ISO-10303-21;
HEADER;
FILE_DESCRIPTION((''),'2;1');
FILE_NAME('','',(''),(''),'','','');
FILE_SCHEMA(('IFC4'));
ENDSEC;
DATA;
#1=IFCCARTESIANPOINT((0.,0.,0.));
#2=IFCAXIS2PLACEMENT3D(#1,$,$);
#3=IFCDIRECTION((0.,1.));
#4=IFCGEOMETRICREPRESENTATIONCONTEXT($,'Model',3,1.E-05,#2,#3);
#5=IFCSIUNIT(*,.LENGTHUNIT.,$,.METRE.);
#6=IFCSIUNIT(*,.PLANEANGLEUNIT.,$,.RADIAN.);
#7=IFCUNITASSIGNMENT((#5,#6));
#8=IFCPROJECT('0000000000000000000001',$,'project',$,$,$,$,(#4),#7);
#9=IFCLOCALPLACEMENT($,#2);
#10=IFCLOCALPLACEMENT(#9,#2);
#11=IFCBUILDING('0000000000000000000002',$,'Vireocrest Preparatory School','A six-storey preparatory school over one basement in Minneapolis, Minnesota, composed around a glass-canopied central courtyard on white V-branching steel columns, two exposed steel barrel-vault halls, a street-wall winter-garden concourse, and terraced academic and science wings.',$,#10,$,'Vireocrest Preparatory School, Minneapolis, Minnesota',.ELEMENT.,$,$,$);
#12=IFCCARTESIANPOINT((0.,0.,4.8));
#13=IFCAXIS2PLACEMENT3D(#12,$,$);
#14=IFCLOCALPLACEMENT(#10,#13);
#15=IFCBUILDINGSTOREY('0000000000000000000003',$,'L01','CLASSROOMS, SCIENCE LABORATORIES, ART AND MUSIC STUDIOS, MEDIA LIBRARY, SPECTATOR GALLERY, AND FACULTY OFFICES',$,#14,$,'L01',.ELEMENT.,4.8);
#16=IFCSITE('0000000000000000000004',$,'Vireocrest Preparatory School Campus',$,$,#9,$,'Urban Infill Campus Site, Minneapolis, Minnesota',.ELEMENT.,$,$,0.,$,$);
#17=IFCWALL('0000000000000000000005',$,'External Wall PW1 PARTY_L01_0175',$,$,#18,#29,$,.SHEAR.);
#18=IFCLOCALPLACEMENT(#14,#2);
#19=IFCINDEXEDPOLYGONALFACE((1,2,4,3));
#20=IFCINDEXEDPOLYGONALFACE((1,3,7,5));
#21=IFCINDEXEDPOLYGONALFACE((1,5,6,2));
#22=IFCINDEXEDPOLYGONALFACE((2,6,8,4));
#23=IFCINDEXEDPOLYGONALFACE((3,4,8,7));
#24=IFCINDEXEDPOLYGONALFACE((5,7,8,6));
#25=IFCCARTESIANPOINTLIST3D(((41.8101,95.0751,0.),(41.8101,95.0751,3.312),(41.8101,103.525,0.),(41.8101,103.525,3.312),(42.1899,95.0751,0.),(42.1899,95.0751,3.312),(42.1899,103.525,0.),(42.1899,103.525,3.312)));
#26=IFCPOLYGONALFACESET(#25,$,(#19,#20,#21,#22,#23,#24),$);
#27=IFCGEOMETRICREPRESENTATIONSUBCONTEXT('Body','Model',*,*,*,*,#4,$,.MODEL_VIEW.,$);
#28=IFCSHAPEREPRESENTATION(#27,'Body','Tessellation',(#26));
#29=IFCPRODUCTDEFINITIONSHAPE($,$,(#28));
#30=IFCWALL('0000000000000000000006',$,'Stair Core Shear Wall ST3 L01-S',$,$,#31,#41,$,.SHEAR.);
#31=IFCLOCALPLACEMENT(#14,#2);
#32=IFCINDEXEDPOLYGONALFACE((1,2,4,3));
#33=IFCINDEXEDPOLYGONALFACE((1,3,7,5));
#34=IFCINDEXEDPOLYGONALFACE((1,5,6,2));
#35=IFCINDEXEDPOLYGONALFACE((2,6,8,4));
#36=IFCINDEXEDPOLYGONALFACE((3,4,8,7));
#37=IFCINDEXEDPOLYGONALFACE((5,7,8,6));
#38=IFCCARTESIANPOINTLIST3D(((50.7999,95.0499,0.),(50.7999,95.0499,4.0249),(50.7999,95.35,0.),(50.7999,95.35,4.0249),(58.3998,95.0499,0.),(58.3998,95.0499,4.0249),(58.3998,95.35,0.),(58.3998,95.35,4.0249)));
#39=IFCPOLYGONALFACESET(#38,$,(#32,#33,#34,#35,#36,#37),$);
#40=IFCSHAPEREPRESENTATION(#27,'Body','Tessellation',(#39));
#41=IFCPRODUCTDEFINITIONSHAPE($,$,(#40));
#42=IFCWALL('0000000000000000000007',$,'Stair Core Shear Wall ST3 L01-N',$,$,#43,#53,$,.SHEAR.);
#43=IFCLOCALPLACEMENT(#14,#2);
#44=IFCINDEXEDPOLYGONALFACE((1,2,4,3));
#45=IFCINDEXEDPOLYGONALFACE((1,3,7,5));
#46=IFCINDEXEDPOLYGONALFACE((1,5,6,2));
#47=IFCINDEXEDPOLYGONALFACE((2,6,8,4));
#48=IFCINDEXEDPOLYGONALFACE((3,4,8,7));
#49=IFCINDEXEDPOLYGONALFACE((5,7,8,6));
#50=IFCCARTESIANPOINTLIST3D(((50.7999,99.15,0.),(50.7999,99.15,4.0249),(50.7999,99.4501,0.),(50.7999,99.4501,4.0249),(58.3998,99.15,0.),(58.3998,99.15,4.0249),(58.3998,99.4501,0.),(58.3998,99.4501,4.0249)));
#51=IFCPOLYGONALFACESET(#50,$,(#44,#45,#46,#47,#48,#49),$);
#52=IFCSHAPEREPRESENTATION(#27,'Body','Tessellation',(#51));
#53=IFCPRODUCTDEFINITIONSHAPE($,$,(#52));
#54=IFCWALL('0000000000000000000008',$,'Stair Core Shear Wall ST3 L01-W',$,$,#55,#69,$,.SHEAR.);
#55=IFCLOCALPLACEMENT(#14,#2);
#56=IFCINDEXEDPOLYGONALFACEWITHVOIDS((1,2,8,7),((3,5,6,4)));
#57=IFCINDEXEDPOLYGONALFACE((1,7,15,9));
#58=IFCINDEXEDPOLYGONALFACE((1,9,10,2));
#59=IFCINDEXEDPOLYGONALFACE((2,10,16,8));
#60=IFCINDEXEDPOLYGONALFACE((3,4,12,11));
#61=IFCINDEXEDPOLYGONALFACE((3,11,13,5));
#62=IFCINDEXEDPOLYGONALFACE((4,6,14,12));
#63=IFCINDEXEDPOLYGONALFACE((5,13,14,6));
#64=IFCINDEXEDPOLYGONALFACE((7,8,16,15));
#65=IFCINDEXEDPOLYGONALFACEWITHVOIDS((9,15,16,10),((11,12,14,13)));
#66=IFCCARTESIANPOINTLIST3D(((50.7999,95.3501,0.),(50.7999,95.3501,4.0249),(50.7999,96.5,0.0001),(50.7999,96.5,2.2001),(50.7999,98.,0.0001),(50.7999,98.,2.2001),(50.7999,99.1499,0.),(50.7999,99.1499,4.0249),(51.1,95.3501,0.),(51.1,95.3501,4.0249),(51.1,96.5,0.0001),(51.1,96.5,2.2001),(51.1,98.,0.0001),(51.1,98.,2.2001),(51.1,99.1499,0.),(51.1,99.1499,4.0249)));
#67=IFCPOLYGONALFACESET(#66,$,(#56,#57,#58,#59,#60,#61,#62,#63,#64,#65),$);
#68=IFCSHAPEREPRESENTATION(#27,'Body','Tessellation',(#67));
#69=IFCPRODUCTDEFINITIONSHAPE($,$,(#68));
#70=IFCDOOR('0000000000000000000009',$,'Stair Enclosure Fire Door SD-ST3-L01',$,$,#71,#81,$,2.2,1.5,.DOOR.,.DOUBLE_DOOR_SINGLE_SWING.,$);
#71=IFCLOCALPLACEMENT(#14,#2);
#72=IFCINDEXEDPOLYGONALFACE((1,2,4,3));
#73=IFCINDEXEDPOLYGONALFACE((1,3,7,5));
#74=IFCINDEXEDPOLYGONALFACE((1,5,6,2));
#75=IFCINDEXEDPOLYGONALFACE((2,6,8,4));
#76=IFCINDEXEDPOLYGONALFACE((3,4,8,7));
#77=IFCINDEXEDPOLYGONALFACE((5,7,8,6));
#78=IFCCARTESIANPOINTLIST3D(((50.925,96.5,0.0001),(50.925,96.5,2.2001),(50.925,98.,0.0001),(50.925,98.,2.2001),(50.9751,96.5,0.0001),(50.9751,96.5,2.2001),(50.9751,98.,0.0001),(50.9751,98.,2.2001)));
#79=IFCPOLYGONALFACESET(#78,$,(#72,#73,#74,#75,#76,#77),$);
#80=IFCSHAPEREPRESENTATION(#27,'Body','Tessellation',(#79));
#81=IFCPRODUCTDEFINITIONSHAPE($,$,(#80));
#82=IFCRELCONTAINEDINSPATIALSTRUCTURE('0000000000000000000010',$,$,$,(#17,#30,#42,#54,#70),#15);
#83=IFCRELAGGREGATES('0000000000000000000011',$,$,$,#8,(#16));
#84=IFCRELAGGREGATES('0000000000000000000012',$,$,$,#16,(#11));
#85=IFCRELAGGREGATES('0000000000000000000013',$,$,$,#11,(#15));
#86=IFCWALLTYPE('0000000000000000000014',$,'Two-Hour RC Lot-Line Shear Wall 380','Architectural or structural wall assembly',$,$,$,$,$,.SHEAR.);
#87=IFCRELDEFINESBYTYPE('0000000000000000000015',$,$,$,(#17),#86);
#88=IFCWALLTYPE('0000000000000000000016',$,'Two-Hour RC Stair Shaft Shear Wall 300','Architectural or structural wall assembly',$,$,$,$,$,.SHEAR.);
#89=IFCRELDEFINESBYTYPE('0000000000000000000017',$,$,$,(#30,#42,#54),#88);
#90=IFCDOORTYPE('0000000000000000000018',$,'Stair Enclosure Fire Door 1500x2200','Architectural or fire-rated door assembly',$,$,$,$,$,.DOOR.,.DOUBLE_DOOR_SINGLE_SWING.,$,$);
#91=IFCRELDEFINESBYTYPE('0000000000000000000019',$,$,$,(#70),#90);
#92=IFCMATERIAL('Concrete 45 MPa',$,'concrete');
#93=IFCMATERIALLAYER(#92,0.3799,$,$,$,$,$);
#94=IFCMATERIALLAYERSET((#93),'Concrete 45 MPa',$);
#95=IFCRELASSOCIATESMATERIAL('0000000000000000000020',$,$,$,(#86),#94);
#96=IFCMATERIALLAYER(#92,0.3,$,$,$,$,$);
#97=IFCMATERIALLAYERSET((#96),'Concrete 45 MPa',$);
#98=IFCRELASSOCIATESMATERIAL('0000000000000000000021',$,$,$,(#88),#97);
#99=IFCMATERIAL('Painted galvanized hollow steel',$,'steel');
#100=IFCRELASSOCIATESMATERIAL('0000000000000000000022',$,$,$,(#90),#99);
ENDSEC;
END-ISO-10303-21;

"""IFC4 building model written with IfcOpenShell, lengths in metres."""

from ifc_helpers import new_model, si_unit, direction, frame, frame_2d, origin, place, context, subcontext, project, spatial, rectangle, extrude, material, layer, layer_set, type_object, element, fill, save


model = new_model("IFC4")

# Units and contexts
model_context = context("Model", 3, precision=1e-05, world=origin(), true_north=direction((0.0, 1.0)))
body_context = subcontext(model_context, "Body", "Model", "MODEL_VIEW")
ifc_project = project(units=[si_unit("LENGTHUNIT", "METRE"), si_unit("PLANEANGLEUNIT", "RADIAN")], contexts=[model_context])

# Site, building, storey
site_placement = place(None, origin())
site = spatial("IfcSite", under=ifc_project, at=site_placement, Name="Vireocrest Preparatory School Campus", LongName="Urban Infill Campus Site, Minneapolis, Minnesota", CompositionType="ELEMENT", RefElevation=0.0)
building_placement = place(site_placement, origin())
building = spatial("IfcBuilding", under=site, at=building_placement, Name="Vireocrest Preparatory School", Description="A six-storey preparatory school over one basement in Minneapolis, Minnesota, composed around a glass-canopied central courtyard on white V-branching steel columns, two exposed steel barrel-vault halls, a street-wall winter-garden concourse, and terraced academic and science wings.", LongName="Vireocrest Preparatory School, Minneapolis, Minnesota", CompositionType="ELEMENT")
storey_placement = place(building_placement, frame((0.0, 0.0, 4.8)))
storey = spatial("IfcBuildingStorey", under=building, at=storey_placement, Name="L01", Description="CLASSROOMS, SCIENCE LABORATORIES, ART AND MUSIC STUDIOS, MEDIA LIBRARY, SPECTATOR GALLERY, AND FACULTY OFFICES", LongName="L01", CompositionType="ELEMENT", Elevation=4.8)

# Shared definitions
ifc_material_1 = material(Name="Concrete 45 MPa", Category="concrete")

# Walls
ifc_layer_1 = layer(ifc_material_1, 0.3799)
ifc_layer_set_1 = layer_set([ifc_layer_1], Name="Concrete 45 MPa")
wall_type_1 = type_object("IfcWallType", Name="Two-Hour RC Lot-Line Shear Wall 380", Description="Architectural or structural wall assembly", PredefinedType="SHEAR", material=ifc_layer_set_1)
wall_1_placement = place(storey_placement, frame((42.0, 95.075, 0.0), z_axis=(0.0, 0.0, 1.0), x_axis=(0.0, 1.0, 0.0)))
element("IfcWall", 1, at=wall_1_placement, inside=storey, type_object=wall_type_1, Name="External Wall PW1 PARTY_L01_0175", PredefinedType="SHEAR", context=body_context, shape_type="SweptSolid", body=[
    extrude(rectangle(XDim=8.45, YDim=0.3799, at=frame_2d((4.2251, 0.0))), origin(), (0.0, 0.0, 1.0), 3.312),
])
ifc_layer_2 = layer(ifc_material_1, 0.3)
ifc_layer_set_2 = layer_set([ifc_layer_2], Name="Concrete 45 MPa")
wall_type_2 = type_object("IfcWallType", Name="Two-Hour RC Stair Shaft Shear Wall 300", Description="Architectural or structural wall assembly", PredefinedType="SHEAR", material=ifc_layer_set_2)
for number, where, z_axis, x_axis, name in (
    (2, (50.8, 95.2, 0.0), (0.0, 0.0, 1.0), (1.0, 0.0, 0.0), "Stair Core Shear Wall ST3 L01-S"),
    (3, (50.8, 99.3, 0.0), (0.0, 0.0, 1.0), (1.0, 0.0, 0.0), "Stair Core Shear Wall ST3 L01-N"),
):
    element("IfcWall", number, at=place(storey_placement, frame(where, z_axis=z_axis, x_axis=x_axis)), inside=storey, type_object=wall_type_2, Name=name, PredefinedType="SHEAR", context=body_context, shape_type="SweptSolid", body=[
        extrude(rectangle(XDim=7.5999, YDim=0.3, at=frame_2d((3.7998, 0.0))), origin(), (0.0, 0.0, 1.0), 4.0249),
    ])

# Wall, opening, door
wall_2_placement = place(storey_placement, frame((50.95, 95.3501, 0.0), z_axis=(0.0, 0.0, 1.0), x_axis=(0.0, 1.0, 0.0)))
wall_2 = element("IfcWall", 4, at=wall_2_placement, inside=storey, type_object=wall_type_2, Name="Stair Core Shear Wall ST3 L01-W", PredefinedType="SHEAR", context=body_context, shape_type="SweptSolid", body=[
    extrude(rectangle(XDim=3.7998, YDim=0.3, at=frame_2d((1.8999, 0.0))), origin(), (0.0, 0.0, 1.0), 4.0249),
])
opening_1_placement = place(wall_2_placement, frame((1.1499, 0.0, 0.0)))
opening_1 = element("IfcOpeningElement", 5, at=opening_1_placement, cuts=wall_2, PredefinedType="OPENING", context=body_context, shape_type="SweptSolid", body=[
    extrude(rectangle(XDim=1.5, YDim=2.2, at=frame_2d((0.75, 1.1001))), frame((0.0, 0.1599, 0.0), z_axis=(0.0, -1.0, 0.0), x_axis=(1.0, 0.0, 0.0)), (0.0, 0.0, 1.0), 0.3201),
])
ifc_material_2 = material(Name="Painted galvanized hollow steel", Category="steel")
door_type_1 = type_object("IfcDoorType", Name="Stair Enclosure Fire Door 1500x2200", Description="Architectural or fire-rated door assembly", OperationType="DOUBLE_DOOR_SINGLE_SWING", PredefinedType="DOOR", material=ifc_material_2)
door_1_placement = place(opening_1_placement, origin())
door_1 = element("IfcDoor", 6, at=door_1_placement, inside=storey, type_object=door_type_1, Name="Stair Enclosure Fire Door SD-ST3-L01", OperationType="DOUBLE_DOOR_SINGLE_SWING", OverallHeight=2.2, OverallWidth=1.5, PredefinedType="DOOR", context=body_context, shape_type="SweptSolid", body=[
    extrude(rectangle(XDim=1.5, YDim=2.2, at=frame_2d((0.75, 1.1001))), frame((0.0, 0.0249, 0.0), z_axis=(0.0, -1.0, 0.0), x_axis=(1.0, 0.0, 0.0)), (0.0, 0.0, 1.0), 0.05),
])
fill(opening_1, door_1)

save(model, "model.ifc")
